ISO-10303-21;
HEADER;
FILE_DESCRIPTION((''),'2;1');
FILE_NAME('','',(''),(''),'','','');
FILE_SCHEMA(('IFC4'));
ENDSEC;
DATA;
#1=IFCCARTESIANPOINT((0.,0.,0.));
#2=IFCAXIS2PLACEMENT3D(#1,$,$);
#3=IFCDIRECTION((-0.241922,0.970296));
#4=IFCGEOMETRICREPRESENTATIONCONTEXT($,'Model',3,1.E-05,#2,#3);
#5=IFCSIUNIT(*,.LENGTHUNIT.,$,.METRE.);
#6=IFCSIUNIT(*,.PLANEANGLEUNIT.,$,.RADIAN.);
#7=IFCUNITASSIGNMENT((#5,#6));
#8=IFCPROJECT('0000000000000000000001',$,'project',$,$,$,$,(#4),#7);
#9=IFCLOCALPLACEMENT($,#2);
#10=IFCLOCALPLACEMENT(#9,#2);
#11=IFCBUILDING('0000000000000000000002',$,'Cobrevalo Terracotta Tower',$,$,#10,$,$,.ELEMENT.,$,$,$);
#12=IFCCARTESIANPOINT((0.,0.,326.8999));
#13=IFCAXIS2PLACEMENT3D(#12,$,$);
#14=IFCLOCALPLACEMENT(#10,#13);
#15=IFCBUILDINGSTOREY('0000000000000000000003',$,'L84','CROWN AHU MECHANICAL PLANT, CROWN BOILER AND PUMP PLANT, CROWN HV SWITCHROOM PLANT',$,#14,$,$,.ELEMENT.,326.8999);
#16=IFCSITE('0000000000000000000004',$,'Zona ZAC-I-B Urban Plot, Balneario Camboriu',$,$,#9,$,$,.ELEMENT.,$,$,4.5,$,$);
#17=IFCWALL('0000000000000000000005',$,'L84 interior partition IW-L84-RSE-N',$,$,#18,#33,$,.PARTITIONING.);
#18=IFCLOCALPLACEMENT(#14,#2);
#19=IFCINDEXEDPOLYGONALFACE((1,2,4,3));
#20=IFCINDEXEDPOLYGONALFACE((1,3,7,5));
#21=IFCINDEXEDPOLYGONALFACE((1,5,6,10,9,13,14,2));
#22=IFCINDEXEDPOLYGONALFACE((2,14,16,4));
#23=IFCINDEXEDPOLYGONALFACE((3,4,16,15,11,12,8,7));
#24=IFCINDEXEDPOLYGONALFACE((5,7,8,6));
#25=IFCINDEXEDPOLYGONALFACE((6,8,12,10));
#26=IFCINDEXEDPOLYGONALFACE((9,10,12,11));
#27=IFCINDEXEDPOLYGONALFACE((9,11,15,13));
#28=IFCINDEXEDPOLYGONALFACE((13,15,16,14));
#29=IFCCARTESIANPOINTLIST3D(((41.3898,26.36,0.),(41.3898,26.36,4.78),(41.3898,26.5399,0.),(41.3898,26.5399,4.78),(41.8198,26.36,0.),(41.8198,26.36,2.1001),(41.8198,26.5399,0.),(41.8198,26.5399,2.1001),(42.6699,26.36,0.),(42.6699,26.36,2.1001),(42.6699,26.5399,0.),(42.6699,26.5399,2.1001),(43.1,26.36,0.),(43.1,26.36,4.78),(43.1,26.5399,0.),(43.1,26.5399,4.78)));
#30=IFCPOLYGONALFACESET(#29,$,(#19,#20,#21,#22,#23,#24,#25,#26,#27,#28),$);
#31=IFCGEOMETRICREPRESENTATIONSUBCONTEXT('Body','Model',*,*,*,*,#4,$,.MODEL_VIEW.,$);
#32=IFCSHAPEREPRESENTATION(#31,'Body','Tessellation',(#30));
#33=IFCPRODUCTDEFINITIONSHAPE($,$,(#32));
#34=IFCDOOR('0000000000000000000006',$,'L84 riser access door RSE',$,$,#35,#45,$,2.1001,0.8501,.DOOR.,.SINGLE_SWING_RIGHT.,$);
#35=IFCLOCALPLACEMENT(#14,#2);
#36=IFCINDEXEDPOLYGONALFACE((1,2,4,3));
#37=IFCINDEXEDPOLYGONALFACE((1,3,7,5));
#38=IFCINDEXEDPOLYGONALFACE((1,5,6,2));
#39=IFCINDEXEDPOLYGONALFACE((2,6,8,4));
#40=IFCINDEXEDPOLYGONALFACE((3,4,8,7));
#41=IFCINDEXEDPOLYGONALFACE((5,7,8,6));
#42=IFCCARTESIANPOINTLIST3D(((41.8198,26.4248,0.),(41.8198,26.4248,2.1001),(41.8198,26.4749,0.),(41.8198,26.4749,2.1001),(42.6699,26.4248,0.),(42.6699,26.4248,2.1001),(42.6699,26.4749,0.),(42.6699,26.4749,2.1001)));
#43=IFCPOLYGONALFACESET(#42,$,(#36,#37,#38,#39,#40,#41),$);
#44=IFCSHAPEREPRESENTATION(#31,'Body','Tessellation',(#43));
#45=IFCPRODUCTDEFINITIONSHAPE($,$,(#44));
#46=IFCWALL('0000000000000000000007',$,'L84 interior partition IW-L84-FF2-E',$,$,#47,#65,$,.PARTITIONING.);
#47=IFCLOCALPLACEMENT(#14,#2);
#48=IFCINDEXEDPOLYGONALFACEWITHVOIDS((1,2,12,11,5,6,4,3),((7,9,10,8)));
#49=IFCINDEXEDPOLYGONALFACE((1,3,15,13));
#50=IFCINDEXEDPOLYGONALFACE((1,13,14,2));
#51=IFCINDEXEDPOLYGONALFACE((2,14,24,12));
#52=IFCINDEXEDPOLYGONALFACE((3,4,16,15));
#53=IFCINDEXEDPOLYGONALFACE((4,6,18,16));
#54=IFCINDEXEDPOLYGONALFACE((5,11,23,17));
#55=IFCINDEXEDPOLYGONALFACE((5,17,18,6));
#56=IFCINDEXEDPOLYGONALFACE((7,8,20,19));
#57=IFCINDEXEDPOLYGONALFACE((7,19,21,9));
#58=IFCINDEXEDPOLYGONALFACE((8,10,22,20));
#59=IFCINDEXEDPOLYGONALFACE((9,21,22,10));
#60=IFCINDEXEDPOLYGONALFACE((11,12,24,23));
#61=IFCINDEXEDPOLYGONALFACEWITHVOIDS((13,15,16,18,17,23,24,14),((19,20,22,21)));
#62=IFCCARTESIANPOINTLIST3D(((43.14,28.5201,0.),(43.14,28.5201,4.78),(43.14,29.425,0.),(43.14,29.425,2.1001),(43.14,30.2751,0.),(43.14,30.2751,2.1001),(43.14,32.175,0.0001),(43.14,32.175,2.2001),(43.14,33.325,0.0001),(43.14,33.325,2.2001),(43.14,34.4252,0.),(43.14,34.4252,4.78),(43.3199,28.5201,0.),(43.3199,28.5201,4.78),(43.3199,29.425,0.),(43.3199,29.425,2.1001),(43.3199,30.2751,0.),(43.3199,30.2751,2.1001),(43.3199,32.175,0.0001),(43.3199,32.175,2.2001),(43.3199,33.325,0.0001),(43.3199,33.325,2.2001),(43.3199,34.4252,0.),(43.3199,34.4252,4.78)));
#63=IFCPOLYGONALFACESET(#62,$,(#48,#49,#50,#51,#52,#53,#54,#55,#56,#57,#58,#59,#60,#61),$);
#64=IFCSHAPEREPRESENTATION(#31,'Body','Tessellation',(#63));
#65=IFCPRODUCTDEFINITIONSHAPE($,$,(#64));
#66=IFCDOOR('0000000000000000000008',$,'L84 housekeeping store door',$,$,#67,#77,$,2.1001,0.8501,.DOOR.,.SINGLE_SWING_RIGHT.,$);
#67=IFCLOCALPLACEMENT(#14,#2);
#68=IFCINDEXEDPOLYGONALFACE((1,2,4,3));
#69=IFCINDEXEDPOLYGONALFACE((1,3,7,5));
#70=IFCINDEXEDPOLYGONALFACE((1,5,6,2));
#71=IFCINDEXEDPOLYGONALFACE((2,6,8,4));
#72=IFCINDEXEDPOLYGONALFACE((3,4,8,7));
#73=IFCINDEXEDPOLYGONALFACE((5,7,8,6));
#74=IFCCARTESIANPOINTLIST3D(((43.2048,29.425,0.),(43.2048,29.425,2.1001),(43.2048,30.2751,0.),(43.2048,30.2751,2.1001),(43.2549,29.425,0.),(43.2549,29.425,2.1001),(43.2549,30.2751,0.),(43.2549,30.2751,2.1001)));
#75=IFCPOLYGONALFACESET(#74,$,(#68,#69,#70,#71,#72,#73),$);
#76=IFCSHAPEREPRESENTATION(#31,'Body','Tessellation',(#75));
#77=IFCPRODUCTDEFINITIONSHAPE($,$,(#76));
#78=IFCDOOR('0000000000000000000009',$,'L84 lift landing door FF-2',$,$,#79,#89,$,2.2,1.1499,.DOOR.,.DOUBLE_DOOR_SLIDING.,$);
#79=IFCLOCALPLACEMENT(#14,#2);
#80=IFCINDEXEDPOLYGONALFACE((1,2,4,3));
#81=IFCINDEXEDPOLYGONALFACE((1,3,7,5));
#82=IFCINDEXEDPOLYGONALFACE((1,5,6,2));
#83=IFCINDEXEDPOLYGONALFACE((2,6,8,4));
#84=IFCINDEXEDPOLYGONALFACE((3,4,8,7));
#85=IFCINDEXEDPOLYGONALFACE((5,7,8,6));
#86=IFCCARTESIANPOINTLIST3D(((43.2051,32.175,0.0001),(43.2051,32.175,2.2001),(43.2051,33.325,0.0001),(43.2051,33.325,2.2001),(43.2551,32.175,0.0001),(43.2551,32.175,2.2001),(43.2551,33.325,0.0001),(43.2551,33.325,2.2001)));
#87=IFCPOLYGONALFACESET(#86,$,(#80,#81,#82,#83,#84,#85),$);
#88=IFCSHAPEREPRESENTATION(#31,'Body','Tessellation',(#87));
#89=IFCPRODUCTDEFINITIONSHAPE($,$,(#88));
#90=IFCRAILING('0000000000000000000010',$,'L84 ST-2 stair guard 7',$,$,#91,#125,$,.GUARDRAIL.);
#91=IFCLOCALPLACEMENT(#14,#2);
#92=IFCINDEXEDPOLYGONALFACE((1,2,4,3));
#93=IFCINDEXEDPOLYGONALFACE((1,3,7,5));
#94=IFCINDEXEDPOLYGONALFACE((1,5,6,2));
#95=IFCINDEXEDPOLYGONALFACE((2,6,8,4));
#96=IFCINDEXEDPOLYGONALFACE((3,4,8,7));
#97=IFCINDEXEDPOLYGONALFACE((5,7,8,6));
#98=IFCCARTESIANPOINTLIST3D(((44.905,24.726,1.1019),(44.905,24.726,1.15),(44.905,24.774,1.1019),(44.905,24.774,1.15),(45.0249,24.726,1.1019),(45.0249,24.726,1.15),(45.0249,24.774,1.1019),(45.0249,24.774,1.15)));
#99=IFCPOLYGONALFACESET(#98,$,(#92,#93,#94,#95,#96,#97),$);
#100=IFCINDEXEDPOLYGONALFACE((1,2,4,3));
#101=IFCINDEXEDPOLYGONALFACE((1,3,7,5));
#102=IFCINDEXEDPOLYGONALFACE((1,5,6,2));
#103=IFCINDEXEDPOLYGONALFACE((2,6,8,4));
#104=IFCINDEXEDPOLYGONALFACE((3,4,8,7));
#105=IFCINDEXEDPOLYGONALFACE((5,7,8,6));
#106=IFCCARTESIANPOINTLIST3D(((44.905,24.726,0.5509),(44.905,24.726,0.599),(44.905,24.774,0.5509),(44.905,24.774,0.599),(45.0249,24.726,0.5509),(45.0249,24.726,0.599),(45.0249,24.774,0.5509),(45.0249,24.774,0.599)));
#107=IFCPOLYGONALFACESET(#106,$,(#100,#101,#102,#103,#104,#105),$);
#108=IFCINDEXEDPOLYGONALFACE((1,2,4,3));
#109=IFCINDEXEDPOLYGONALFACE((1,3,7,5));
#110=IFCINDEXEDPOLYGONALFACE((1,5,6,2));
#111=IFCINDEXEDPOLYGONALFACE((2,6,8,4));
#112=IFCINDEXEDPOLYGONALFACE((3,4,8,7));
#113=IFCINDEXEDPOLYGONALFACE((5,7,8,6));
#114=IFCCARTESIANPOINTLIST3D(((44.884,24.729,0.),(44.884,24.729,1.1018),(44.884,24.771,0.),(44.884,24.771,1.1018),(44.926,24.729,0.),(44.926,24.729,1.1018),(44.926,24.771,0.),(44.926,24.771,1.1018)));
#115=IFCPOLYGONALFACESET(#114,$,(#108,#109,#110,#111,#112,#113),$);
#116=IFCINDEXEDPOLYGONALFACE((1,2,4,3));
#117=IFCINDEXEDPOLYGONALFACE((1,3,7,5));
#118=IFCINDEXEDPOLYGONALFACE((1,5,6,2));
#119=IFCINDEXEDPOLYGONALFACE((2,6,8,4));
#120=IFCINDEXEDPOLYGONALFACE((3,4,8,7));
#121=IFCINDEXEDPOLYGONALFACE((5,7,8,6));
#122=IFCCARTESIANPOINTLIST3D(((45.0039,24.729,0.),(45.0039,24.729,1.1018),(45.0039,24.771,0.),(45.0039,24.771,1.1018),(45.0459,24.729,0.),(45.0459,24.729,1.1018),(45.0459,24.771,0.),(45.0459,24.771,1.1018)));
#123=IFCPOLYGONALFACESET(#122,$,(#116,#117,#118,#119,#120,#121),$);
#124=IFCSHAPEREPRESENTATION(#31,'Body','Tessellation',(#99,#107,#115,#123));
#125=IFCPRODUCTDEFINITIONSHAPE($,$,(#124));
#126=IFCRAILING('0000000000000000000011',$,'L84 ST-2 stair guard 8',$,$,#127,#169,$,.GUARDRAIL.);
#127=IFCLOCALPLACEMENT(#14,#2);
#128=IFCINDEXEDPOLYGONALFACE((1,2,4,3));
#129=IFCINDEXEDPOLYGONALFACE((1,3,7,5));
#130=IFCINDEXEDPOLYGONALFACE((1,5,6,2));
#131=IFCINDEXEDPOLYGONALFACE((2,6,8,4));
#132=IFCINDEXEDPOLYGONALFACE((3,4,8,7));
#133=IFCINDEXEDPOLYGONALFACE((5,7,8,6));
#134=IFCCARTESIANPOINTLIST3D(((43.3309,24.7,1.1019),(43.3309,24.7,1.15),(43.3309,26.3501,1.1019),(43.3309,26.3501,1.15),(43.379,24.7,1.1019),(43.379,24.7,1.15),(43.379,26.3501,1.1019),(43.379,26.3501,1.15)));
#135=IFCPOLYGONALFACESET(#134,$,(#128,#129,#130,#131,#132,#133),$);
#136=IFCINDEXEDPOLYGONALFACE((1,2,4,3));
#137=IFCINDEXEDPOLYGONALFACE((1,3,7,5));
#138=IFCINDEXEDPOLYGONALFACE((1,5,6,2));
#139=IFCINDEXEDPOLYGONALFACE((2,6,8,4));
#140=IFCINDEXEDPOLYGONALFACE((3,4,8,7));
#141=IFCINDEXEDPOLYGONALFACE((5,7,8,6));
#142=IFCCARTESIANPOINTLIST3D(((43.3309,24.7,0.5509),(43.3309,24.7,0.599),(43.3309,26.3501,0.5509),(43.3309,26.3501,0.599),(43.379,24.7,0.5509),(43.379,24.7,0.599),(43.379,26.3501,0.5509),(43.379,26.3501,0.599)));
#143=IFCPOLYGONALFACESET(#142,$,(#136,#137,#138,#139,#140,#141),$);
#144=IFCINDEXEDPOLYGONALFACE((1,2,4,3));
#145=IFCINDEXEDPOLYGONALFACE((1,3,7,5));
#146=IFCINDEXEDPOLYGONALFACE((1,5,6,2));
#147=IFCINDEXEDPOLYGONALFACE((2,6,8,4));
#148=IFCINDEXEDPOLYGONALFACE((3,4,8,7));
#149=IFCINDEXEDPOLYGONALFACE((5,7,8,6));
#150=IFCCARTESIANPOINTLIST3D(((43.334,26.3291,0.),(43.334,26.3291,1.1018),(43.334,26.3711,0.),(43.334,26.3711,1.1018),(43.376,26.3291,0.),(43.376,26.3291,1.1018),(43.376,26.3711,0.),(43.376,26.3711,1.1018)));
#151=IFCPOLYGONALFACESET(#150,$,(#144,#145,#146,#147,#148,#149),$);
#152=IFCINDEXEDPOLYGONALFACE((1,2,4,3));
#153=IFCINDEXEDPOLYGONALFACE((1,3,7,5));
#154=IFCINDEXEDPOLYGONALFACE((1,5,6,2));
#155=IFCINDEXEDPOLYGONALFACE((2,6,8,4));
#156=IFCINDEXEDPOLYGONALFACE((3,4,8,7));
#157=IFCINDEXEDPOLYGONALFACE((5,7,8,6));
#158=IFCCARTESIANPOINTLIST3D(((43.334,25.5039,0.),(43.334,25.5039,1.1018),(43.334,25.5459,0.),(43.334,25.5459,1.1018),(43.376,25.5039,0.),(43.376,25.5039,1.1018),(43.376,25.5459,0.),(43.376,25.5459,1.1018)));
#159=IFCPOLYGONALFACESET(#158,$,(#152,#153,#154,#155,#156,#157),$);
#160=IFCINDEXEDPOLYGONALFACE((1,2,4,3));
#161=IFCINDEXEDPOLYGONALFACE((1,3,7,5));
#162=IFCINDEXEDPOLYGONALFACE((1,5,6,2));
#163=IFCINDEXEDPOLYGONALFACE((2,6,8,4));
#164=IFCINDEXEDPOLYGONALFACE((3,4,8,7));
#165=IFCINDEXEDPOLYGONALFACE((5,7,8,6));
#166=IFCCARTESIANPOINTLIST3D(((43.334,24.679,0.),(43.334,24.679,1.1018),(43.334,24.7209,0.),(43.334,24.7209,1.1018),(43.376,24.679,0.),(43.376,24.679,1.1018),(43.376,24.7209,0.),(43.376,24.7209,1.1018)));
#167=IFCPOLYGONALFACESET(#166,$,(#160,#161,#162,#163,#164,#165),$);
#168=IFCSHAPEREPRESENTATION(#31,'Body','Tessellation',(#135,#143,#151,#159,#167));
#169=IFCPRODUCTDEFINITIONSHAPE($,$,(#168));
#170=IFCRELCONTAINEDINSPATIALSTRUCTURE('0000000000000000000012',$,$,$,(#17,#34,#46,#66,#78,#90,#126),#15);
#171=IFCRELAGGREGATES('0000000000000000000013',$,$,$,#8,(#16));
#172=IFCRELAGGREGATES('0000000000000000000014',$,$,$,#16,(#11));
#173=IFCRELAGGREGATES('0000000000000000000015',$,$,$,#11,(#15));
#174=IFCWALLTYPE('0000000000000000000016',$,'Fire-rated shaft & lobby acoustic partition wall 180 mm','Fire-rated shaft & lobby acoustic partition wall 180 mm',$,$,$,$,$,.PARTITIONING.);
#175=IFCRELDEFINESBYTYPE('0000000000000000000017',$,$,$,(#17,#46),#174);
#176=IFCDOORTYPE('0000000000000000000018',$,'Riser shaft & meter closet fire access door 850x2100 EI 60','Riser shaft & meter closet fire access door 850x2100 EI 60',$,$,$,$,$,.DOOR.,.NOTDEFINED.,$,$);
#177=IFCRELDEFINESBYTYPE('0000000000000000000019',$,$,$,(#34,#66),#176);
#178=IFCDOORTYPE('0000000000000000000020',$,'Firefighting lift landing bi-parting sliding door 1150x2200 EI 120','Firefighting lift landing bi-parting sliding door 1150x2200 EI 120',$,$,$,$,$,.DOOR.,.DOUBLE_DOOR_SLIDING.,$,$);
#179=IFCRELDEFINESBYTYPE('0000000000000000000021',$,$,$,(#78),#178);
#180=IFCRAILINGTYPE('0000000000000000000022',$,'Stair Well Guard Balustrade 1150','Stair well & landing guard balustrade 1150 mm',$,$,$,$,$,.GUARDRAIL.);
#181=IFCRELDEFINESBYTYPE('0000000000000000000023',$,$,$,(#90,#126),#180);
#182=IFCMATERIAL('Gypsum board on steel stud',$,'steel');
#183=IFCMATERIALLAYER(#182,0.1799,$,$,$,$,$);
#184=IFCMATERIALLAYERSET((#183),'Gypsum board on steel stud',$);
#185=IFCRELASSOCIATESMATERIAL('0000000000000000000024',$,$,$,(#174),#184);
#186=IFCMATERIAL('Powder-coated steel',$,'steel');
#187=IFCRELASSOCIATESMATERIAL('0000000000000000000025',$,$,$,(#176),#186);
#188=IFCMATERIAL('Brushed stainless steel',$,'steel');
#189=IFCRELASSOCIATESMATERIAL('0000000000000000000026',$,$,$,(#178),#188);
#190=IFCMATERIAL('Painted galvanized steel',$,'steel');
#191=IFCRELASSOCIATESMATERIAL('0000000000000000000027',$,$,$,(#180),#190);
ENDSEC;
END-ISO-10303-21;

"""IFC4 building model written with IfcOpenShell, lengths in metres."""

from ifc_helpers import new_model, si_unit, direction, frame, frame_2d, origin, origin_2d, place, context, subcontext, project, spatial, rectangle, extrude, source, transform, mapped, material, layer, layer_set, type_object, element, fill, save


model = new_model("IFC4")

# Units and contexts
model_context = context("Model", 3, precision=1e-05, world=origin(), true_north=direction((-0.241922, 0.970296)))
body_context = subcontext(model_context, "Body", "Model", "MODEL_VIEW")
ifc_project = project(units=[si_unit("LENGTHUNIT", "METRE"), si_unit("PLANEANGLEUNIT", "RADIAN")], contexts=[model_context])

# Site, building, storey
site_placement = place(None, origin())
site = spatial("IfcSite", under=ifc_project, at=site_placement, Name="Zona ZAC-I-B Urban Plot, Balneario Camboriu", CompositionType="ELEMENT", RefElevation=4.5)
building_placement = place(site_placement, origin())
building = spatial("IfcBuilding", under=site, at=building_placement, Name="Cobrevalo Terracotta Tower", CompositionType="ELEMENT")
storey_placement = place(building_placement, frame((0.0, 0.0, 326.8999)))
storey = spatial("IfcBuildingStorey", under=building, at=storey_placement, Name="L84", Description="CROWN AHU MECHANICAL PLANT, CROWN BOILER AND PUMP PLANT, CROWN HV SWITCHROOM PLANT", CompositionType="ELEMENT", Elevation=326.8999)

# Shared definitions
ifc_material_1 = material(Name="Gypsum board on steel stud", Category="steel")

# Wall, opening, door
ifc_layer_1 = layer(ifc_material_1, 0.1799)
ifc_layer_set_1 = layer_set([ifc_layer_1], Name="Gypsum board on steel stud")
wall_type_1 = type_object("IfcWallType", Name="Fire-rated shaft & lobby acoustic partition wall 180 mm", Description="Fire-rated shaft & lobby acoustic partition wall 180 mm", PredefinedType="PARTITIONING", material=ifc_layer_set_1)
wall_1_placement = place(storey_placement, frame((41.3899, 26.45, 0.0), z_axis=(0.0, 0.0, 1.0), x_axis=(1.0, 0.0, 0.0)))
wall_1 = element("IfcWall", 1, at=wall_1_placement, inside=storey, type_object=wall_type_1, Name="L84 interior partition IW-L84-RSE-N", PredefinedType="PARTITIONING", context=body_context, shape_type="SweptSolid", body=[
    extrude(rectangle(XDim=1.7102, YDim=0.1799, at=frame_2d((0.855, 0.0))), origin(), (0.0, 0.0, 1.0), 4.78),
])
opening_1_placement = place(wall_1_placement, frame((0.4299, 0.0, 0.0)))
opening_1 = element("IfcOpeningElement", 2, at=opening_1_placement, cuts=wall_1, PredefinedType="OPENING", context=body_context, shape_type="SweptSolid", body=[
    extrude(rectangle(XDim=0.8501, YDim=2.1001, at=frame_2d((0.425, 1.05))), frame((0.0, 0.1001, 0.0), z_axis=(0.0, -1.0, 0.0), x_axis=(1.0, 0.0, 0.0)), (0.0, 0.0, 1.0), 0.2),
])
ifc_material_2 = material(Name="Powder-coated steel", Category="steel")
door_type_1 = type_object("IfcDoorType", Name="Riser shaft & meter closet fire access door 850x2100 EI 60", Description="Riser shaft & meter closet fire access door 850x2100 EI 60", OperationType="NOTDEFINED", PredefinedType="DOOR", material=ifc_material_2)
shared_shape_1 = source(origin(), body_context, "Body", "SweptSolid", [
    extrude(rectangle(XDim=0.8501, YDim=2.1001, at=frame_2d((0.425, 1.05))), frame((0.0, 0.0249, 0.0), z_axis=(0.0, -1.0, 0.0), x_axis=(1.0, 0.0, 0.0)), (0.0, 0.0, 1.0), 0.05),
])
door_1_placement = place(opening_1_placement, origin())
door_1 = element("IfcDoor", 3, at=door_1_placement, inside=storey, type_object=door_type_1, Name="L84 riser access door RSE", OperationType="SINGLE_SWING_RIGHT", OverallHeight=2.1001, OverallWidth=0.8501, PredefinedType="DOOR", context=body_context, shape_type="MappedRepresentation", body=[
    mapped(shared_shape_1, transform((0.0, 0.0, 0.0), scale=1.0)),
])
fill(opening_1, door_1)

# Wall, openings, doors
wall_2_placement = place(storey_placement, frame((43.23, 28.52, 0.0), z_axis=(0.0, 0.0, 1.0), x_axis=(0.0, 1.0, 0.0)))
wall_2 = element("IfcWall", 4, at=wall_2_placement, inside=storey, type_object=wall_type_1, Name="L84 interior partition IW-L84-FF2-E", PredefinedType="PARTITIONING", context=body_context, shape_type="SweptSolid", body=[
    extrude(rectangle(XDim=5.905, YDim=0.1799, at=frame_2d((2.9526, 0.0))), origin(), (0.0, 0.0, 1.0), 4.78),
])
opening_2_placement = place(wall_2_placement, frame((0.905, 0.0, 0.0)))
opening_2 = element("IfcOpeningElement", 5, at=opening_2_placement, cuts=wall_2, PredefinedType="OPENING", context=body_context, shape_type="SweptSolid", body=[
    extrude(rectangle(XDim=0.8501, YDim=2.1001, at=frame_2d((0.425, 1.05))), frame((0.0, 0.1001, 0.0), z_axis=(0.0, -1.0, 0.0), x_axis=(1.0, 0.0, 0.0)), (0.0, 0.0, 1.0), 0.2),
])
opening_3_placement = place(wall_2_placement, frame((3.655, 0.0, 0.0)))
opening_3 = element("IfcOpeningElement", 6, at=opening_3_placement, cuts=wall_2, PredefinedType="OPENING", context=body_context, shape_type="SweptSolid", body=[
    extrude(rectangle(XDim=1.1499, YDim=2.2, at=frame_2d((0.575, 1.1001))), frame((0.0, 0.1001, 0.0), z_axis=(0.0, -1.0, 0.0), x_axis=(1.0, 0.0, 0.0)), (0.0, 0.0, 1.0), 0.2),
])
door_2_placement = place(opening_2_placement, frame((0.8501, 0.0, 0.0), z_axis=(0.0, 0.0, 1.0), x_axis=(-1.0, 0.0, 0.0)))
door_2 = element("IfcDoor", 7, at=door_2_placement, inside=storey, type_object=door_type_1, Name="L84 housekeeping store door", OperationType="SINGLE_SWING_RIGHT", OverallHeight=2.1001, OverallWidth=0.8501, PredefinedType="DOOR", context=body_context, shape_type="MappedRepresentation", body=[
    mapped(shared_shape_1, transform((0.0, 0.0, 0.0), scale=1.0)),
])
fill(opening_2, door_2)
ifc_material_3 = material(Name="Brushed stainless steel", Category="steel")
door_type_2 = type_object("IfcDoorType", Name="Firefighting lift landing bi-parting sliding door 1150x2200 EI 120", Description="Firefighting lift landing bi-parting sliding door 1150x2200 EI 120", OperationType="DOUBLE_DOOR_SLIDING", PredefinedType="DOOR", material=ifc_material_3)
shared_shape_2 = source(origin(), body_context, "Body", "SweptSolid", [
    extrude(rectangle(XDim=1.1499, YDim=2.2, at=frame_2d((0.575, 1.1001))), frame((0.0, 0.0249, 0.0), z_axis=(0.0, -1.0, 0.0), x_axis=(1.0, 0.0, 0.0)), (0.0, 0.0, 1.0), 0.05),
])
door_3_placement = place(opening_3_placement, origin())
door_3 = element("IfcDoor", 8, at=door_3_placement, inside=storey, type_object=door_type_2, Name="L84 lift landing door FF-2", OperationType="DOUBLE_DOOR_SLIDING", OverallHeight=2.2, OverallWidth=1.1499, PredefinedType="DOOR", context=body_context, shape_type="MappedRepresentation", body=[
    mapped(shared_shape_2, transform((0.0, 0.0, 0.0), scale=1.0)),
])
fill(opening_3, door_3)

# Railings
ifc_material_4 = material(Name="Painted galvanized steel", Category="steel")
railing_type = type_object("IfcRailingType", Name="Stair Well Guard Balustrade 1150", Description="Stair well & landing guard balustrade 1150 mm", PredefinedType="GUARDRAIL", material=ifc_material_4)
railing_placement = place(storey_placement, frame((44.905, 24.75, 0.0)))
element("IfcRailing", 9, at=railing_placement, inside=storey, type_object=railing_type, Name="L84 ST-2 stair guard 7", PredefinedType="GUARDRAIL", context=body_context, shape_type="SweptSolid", body=[
    extrude(rectangle(XDim=0.0481, YDim=0.0481, at=origin_2d()), frame((0.0, 0.0, 1.126), z_axis=(1.0, 0.0, 0.0), x_axis=(0.0, 1.0, 0.0)), (0.0, 0.0, 1.0), 0.1199),
    extrude(rectangle(XDim=0.0481, YDim=0.0481, at=origin_2d()), frame((0.0, 0.0, 0.575), z_axis=(1.0, 0.0, 0.0), x_axis=(0.0, 1.0, 0.0)), (0.0, 0.0, 1.0), 0.1199),
    extrude(rectangle(XDim=0.042, YDim=0.042, at=origin_2d()), origin(), (0.0, 0.0, 1.0), 1.1018),
    extrude(rectangle(XDim=0.042, YDim=0.042, at=origin_2d()), frame((0.1199, 0.0, 0.0)), (0.0, 0.0, 1.0), 1.1018),
])
for number, where, name in (
    (10, (43.355, 26.3501, 0.0), "L84 ST-2 stair guard 8"),
):
    element("IfcRailing", number, at=place(storey_placement, frame(where)), inside=storey, type_object=railing_type, Name=name, PredefinedType="GUARDRAIL", context=body_context, shape_type="SweptSolid", body=[
        extrude(rectangle(XDim=0.0481, YDim=0.0481, at=origin_2d()), frame((0.0, 0.0, 1.126), z_axis=(0.0, -1.0, 0.0), x_axis=(1.0, 0.0, 0.0)), (0.0, 0.0, 1.0), 1.6501),
        extrude(rectangle(XDim=0.0481, YDim=0.0481, at=origin_2d()), frame((0.0, 0.0, 0.575), z_axis=(0.0, -1.0, 0.0), x_axis=(1.0, 0.0, 0.0)), (0.0, 0.0, 1.0), 1.6501),
        extrude(rectangle(XDim=0.042, YDim=0.042, at=origin_2d()), origin(), (0.0, 0.0, 1.0), 1.1018),
        extrude(rectangle(XDim=0.042, YDim=0.042, at=origin_2d()), frame((0.0, -0.8252, 0.0)), (0.0, 0.0, 1.0), 1.1018),
        extrude(rectangle(XDim=0.042, YDim=0.042, at=origin_2d()), frame((0.0, -1.6501, 0.0)), (0.0, 0.0, 1.0), 1.1018),
    ])

save(model, "model.ifc")
